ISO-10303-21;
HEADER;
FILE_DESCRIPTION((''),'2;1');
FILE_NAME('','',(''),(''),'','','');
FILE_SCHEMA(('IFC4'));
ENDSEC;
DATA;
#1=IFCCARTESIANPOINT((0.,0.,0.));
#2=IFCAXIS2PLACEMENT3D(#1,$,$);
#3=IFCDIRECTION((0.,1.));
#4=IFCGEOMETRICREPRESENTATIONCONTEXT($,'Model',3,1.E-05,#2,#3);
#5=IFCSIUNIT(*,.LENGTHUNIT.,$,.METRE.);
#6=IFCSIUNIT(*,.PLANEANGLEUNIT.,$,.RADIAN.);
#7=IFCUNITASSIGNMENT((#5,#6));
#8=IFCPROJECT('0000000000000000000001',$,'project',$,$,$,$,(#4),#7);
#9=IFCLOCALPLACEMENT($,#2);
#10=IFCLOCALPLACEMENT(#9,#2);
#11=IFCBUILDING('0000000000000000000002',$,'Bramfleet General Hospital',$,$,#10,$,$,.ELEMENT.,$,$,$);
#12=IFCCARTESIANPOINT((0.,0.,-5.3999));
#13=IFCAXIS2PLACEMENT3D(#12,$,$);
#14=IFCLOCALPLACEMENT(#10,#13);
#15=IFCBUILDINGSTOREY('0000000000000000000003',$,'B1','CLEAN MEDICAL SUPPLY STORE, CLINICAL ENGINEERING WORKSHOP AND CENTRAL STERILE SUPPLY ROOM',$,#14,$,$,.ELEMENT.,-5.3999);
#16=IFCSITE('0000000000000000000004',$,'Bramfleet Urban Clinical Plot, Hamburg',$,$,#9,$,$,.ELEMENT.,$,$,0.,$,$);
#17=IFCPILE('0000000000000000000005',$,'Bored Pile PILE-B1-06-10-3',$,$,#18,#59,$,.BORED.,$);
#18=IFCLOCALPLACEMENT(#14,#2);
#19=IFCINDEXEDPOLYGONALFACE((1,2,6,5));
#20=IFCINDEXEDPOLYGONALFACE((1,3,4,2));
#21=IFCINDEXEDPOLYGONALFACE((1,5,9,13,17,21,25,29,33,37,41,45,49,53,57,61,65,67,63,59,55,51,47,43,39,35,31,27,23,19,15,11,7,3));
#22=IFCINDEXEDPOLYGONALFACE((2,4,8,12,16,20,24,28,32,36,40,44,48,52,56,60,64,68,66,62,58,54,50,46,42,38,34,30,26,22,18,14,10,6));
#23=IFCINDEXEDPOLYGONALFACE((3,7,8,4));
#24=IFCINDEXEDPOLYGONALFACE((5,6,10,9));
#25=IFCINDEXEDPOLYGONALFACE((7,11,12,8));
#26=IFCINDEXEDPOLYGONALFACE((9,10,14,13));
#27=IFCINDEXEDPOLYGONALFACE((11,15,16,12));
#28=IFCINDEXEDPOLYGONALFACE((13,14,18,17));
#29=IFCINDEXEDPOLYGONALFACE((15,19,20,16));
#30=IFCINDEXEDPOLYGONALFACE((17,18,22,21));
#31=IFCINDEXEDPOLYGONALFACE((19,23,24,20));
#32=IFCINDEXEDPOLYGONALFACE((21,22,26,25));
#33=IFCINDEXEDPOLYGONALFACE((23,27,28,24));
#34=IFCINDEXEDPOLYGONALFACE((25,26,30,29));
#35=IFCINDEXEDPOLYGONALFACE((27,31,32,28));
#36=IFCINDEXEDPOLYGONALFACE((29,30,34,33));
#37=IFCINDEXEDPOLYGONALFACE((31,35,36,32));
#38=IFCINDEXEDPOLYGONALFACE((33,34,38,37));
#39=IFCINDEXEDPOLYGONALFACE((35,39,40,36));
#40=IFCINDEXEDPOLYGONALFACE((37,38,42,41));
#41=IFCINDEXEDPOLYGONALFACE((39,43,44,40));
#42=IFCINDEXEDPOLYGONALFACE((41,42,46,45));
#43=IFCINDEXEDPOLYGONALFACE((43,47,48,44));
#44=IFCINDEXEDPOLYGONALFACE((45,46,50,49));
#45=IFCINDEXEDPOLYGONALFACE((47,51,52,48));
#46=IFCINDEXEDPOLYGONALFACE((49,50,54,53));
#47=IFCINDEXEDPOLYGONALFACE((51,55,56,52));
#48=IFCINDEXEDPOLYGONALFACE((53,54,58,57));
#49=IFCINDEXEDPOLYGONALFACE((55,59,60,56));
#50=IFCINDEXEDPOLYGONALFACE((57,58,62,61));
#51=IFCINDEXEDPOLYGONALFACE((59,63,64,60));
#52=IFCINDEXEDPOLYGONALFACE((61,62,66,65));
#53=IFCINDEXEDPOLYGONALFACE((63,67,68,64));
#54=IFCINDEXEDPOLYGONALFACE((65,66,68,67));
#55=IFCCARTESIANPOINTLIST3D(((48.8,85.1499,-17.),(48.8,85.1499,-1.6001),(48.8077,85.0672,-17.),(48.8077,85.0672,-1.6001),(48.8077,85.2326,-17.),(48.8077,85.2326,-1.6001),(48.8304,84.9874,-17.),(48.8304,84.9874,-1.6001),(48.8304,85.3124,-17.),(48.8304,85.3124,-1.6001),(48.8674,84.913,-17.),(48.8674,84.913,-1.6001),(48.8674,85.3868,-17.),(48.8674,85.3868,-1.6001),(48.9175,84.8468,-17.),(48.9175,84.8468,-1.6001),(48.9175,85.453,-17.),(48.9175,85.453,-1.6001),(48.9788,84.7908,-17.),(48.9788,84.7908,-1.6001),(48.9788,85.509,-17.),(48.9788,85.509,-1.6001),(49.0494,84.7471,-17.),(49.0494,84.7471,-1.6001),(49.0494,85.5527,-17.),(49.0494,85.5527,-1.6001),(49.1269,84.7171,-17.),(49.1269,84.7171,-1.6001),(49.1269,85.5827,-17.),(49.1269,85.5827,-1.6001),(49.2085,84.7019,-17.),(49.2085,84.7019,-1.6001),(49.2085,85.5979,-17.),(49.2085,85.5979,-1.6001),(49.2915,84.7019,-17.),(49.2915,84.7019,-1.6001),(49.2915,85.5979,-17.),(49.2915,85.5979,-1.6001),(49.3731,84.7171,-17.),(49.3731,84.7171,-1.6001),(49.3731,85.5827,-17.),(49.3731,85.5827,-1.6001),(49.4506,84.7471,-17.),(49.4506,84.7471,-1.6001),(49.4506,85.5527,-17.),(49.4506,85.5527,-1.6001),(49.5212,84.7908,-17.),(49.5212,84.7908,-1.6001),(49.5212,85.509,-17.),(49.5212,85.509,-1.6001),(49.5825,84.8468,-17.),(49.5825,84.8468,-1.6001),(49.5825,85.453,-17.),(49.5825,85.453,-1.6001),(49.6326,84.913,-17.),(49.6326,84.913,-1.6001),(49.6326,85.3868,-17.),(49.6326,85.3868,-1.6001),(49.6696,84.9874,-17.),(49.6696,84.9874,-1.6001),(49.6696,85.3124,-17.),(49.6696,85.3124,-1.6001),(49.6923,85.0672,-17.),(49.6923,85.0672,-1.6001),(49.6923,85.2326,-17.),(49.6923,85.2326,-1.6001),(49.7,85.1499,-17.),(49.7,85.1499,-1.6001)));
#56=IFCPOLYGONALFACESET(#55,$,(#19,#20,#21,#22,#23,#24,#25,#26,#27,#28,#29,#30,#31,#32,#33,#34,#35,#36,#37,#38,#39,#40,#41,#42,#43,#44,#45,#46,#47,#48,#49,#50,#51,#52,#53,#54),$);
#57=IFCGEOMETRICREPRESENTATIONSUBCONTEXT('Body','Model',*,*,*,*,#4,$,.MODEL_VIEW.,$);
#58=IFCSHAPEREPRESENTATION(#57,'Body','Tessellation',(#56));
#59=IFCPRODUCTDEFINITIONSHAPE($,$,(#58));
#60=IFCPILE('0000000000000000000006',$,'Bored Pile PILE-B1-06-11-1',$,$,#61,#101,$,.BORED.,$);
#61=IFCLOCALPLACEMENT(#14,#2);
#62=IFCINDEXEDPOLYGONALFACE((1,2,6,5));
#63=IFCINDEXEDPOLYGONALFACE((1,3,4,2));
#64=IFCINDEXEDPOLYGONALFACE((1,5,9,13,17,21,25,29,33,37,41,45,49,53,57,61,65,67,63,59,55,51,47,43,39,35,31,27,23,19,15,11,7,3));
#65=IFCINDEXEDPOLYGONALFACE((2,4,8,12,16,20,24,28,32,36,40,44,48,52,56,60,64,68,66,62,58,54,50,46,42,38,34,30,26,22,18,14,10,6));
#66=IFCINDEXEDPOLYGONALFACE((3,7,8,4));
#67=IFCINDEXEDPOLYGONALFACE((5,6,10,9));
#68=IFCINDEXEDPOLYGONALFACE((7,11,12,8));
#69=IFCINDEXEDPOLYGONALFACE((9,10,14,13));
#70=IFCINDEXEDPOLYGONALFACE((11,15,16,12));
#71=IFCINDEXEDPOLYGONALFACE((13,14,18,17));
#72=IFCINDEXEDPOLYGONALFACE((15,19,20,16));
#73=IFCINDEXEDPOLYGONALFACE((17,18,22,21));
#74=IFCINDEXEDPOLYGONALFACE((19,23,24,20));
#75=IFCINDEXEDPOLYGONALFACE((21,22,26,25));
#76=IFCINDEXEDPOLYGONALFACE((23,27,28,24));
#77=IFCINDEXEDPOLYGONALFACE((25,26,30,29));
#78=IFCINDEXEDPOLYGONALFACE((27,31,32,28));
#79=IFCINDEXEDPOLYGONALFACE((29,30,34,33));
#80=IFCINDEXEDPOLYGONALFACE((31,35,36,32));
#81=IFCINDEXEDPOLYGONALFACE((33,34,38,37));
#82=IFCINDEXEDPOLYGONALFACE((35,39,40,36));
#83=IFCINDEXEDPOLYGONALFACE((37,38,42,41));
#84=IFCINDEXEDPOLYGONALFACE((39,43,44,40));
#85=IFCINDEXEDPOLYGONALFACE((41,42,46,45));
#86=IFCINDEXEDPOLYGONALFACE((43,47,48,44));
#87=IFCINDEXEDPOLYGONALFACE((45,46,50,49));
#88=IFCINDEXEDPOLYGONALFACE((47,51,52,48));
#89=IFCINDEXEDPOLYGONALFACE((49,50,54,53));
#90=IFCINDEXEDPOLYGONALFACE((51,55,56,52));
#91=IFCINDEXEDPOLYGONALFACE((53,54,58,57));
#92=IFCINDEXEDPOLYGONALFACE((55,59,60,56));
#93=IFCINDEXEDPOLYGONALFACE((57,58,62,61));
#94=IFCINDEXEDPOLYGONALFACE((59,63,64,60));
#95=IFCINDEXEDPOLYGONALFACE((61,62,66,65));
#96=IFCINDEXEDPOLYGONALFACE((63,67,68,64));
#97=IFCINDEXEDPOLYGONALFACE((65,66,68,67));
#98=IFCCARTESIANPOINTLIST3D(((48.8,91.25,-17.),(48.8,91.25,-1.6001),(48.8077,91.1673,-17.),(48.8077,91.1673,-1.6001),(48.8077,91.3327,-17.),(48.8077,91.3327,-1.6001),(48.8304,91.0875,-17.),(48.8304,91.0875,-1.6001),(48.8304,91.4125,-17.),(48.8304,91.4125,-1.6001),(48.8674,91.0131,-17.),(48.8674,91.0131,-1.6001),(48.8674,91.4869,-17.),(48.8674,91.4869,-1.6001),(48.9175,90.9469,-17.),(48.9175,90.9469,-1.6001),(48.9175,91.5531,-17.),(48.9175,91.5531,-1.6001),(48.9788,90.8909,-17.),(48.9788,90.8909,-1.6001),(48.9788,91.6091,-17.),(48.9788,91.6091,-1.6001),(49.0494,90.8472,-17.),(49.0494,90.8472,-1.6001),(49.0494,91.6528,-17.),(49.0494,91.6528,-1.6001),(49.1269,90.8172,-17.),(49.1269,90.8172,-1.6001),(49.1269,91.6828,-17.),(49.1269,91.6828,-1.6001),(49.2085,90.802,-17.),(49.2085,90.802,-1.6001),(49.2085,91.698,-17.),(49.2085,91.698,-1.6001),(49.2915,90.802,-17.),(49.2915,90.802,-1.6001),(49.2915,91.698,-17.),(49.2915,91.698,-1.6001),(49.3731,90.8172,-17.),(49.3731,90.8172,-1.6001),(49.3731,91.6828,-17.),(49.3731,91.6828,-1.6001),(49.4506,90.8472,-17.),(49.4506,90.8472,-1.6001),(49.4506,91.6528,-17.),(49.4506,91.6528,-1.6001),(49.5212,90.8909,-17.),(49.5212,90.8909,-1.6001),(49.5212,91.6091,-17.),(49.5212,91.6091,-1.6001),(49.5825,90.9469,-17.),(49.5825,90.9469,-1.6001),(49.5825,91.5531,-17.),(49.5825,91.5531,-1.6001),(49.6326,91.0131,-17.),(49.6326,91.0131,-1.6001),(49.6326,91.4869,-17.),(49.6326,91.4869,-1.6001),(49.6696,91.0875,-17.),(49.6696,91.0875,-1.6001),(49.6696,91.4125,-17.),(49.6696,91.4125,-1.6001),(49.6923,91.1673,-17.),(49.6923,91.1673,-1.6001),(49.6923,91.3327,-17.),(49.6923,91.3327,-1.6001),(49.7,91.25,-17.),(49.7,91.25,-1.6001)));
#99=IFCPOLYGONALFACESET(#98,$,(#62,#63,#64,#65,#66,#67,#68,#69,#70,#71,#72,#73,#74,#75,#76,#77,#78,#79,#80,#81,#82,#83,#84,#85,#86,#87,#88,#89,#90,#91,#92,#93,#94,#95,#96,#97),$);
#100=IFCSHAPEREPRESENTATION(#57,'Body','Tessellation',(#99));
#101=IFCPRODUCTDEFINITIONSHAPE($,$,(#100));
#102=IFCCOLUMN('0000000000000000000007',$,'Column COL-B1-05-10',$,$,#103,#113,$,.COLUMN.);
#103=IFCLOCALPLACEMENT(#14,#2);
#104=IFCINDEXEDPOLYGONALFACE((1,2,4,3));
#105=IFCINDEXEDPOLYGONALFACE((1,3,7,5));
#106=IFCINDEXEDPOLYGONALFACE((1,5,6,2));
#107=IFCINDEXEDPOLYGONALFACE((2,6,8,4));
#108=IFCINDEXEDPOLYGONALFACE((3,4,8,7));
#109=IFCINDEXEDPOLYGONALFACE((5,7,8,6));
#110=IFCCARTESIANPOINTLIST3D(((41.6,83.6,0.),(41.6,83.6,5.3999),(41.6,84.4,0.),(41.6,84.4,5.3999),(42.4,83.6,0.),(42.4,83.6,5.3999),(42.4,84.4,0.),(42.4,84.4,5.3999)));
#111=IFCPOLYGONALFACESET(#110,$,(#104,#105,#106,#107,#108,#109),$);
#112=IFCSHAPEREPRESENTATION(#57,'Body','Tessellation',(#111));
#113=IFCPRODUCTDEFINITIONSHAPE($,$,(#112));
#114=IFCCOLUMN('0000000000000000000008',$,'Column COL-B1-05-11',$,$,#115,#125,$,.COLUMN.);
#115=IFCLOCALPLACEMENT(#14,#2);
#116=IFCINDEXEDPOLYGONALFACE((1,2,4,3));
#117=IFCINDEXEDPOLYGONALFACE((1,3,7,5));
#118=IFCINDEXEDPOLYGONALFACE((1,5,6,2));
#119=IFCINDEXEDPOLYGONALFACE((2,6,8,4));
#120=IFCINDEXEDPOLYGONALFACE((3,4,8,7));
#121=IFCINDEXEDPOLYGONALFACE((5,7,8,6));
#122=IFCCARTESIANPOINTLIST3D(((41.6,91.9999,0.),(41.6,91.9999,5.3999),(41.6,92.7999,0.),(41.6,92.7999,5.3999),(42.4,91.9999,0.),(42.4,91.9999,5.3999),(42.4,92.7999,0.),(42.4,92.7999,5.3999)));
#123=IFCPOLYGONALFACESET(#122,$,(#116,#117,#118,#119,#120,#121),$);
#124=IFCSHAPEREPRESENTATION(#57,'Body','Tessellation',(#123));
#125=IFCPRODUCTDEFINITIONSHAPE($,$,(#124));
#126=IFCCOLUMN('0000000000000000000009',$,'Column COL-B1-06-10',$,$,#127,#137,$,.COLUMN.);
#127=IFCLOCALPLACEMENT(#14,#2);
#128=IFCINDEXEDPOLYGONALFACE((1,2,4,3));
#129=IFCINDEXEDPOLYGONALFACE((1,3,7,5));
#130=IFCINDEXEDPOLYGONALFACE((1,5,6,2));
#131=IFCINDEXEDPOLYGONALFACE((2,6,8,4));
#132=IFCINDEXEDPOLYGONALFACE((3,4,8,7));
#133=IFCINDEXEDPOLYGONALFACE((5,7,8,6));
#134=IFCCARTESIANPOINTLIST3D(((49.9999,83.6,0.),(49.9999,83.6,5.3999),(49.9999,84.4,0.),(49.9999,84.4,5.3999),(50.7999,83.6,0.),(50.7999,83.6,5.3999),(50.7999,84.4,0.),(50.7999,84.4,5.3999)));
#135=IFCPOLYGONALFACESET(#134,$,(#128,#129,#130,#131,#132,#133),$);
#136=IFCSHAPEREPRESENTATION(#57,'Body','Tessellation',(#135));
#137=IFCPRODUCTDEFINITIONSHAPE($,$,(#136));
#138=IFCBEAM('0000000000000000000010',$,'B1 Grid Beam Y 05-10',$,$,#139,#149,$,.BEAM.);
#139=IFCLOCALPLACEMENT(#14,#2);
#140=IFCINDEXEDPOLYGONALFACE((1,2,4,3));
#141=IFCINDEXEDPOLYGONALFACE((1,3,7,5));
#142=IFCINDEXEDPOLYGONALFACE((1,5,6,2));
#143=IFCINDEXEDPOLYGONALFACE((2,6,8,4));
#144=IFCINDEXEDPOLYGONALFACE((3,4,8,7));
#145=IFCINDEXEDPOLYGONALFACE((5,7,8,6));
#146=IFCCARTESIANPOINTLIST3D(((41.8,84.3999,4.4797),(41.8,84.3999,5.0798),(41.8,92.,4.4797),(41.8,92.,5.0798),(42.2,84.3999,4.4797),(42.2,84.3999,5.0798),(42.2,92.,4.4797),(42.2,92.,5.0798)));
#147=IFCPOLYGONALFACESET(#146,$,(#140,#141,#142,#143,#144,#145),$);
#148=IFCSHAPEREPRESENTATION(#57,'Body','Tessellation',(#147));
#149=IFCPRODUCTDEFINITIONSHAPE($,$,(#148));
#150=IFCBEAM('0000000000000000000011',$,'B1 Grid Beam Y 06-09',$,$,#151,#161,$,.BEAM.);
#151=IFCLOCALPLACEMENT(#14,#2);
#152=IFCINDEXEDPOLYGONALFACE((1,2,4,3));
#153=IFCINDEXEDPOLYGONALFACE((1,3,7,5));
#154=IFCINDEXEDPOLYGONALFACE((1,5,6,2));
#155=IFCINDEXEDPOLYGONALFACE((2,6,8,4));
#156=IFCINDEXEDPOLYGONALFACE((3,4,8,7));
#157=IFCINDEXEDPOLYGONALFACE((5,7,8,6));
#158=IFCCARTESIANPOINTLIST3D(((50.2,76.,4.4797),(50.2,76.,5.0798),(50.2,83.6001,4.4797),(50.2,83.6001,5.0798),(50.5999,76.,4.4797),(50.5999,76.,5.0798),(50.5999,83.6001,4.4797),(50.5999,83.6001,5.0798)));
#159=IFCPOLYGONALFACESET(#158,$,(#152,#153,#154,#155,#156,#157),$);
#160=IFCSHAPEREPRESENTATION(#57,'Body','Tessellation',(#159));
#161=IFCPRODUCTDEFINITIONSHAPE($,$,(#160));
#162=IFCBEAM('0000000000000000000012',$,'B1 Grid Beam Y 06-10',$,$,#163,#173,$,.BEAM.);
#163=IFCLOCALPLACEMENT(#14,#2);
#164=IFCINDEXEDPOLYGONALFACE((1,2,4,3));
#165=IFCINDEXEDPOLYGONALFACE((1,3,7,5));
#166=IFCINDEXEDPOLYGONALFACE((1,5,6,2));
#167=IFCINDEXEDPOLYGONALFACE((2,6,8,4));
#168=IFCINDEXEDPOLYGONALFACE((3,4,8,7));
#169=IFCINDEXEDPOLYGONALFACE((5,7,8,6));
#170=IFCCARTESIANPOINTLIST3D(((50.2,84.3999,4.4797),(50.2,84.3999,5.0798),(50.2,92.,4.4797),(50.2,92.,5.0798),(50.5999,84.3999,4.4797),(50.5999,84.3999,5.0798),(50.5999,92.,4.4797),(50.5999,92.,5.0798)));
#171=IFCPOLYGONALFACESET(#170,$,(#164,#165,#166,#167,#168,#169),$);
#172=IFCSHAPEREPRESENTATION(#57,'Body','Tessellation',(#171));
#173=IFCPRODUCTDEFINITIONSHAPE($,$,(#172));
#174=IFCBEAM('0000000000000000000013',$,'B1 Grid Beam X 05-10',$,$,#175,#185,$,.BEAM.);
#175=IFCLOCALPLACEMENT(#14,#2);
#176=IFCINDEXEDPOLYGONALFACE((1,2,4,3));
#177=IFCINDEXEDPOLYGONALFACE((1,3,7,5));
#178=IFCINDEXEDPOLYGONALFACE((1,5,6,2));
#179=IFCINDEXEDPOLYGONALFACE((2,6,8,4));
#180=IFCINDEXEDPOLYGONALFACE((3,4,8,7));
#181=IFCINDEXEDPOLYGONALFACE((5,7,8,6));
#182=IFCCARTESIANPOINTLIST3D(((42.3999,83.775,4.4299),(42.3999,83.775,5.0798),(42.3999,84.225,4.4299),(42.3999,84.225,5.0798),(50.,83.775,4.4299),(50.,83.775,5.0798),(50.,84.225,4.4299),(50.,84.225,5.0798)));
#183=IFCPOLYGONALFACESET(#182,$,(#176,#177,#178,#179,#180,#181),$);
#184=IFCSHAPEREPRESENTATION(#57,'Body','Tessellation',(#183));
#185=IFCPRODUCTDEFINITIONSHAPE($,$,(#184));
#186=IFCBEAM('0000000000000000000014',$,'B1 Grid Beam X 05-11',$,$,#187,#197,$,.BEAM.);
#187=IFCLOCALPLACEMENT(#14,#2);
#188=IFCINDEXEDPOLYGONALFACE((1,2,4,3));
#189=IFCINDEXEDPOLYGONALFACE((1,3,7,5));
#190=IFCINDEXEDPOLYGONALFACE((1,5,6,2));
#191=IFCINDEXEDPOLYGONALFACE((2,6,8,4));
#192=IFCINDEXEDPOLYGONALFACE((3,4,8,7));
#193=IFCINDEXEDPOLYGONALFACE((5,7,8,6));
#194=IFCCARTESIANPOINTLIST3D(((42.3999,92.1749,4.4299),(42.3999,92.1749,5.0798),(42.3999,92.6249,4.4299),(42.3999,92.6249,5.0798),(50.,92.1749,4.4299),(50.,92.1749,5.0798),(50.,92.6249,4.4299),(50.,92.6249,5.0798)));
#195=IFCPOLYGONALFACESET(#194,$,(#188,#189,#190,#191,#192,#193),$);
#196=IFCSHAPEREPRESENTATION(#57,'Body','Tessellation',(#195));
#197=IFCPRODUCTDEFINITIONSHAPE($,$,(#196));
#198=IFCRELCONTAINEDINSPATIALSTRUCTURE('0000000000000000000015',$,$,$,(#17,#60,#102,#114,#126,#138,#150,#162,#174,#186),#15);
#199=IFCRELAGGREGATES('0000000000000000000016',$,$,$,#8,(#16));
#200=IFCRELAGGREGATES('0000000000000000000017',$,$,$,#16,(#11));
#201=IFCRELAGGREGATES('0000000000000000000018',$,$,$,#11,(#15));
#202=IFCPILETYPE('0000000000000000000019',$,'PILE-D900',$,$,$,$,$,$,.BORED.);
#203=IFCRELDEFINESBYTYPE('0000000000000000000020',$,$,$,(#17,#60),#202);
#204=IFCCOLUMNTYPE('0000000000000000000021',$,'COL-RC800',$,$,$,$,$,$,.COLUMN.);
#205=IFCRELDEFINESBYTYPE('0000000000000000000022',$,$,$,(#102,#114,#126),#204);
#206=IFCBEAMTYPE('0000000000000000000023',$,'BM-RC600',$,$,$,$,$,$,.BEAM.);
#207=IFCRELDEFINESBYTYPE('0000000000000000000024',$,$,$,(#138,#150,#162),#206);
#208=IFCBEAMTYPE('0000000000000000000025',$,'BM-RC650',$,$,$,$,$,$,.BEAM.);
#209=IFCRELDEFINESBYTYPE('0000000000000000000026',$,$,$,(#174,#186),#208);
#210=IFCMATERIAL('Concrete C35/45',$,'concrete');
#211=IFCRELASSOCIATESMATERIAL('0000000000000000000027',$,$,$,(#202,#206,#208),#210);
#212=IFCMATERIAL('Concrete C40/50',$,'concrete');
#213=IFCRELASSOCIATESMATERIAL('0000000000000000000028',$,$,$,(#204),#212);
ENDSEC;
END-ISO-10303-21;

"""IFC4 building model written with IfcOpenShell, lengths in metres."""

from ifc_helpers import new_model, si_unit, direction, frame, origin, origin_2d, place, context, subcontext, project, spatial, rectangle, circle, extrude, material, material_profile, profile_set, type_object, element, save


model = new_model("IFC4")

# Units and contexts
model_context = context("Model", 3, precision=1e-05, world=origin(), true_north=direction((0.0, 1.0)))
body_context = subcontext(model_context, "Body", "Model", "MODEL_VIEW")
ifc_project = project(units=[si_unit("LENGTHUNIT", "METRE"), si_unit("PLANEANGLEUNIT", "RADIAN")], contexts=[model_context])

# Site, building, storey
site_placement = place(None, origin())
site = spatial("IfcSite", under=ifc_project, at=site_placement, Name="Bramfleet Urban Clinical Plot, Hamburg", CompositionType="ELEMENT", RefElevation=0.0)
building_placement = place(site_placement, origin())
building = spatial("IfcBuilding", under=site, at=building_placement, Name="Bramfleet General Hospital", CompositionType="ELEMENT")
storey_placement = place(building_placement, frame((0.0, 0.0, -5.3999)))
storey = spatial("IfcBuildingStorey", under=building, at=storey_placement, Name="B1", Description="CLEAN MEDICAL SUPPLY STORE, CLINICAL ENGINEERING WORKSHOP AND CENTRAL STERILE SUPPLY ROOM", CompositionType="ELEMENT", Elevation=-5.3999)

# Shared definitions
ifc_material_1 = material(Name="Concrete C35/45", Category="concrete")

# Piles
ifc_material_profile_1 = material_profile(ifc_material_1, circle(Radius=0.45, at=origin_2d()), Name="PILE BORED D900")
ifc_profile_set_1 = profile_set([ifc_material_profile_1], Name="Concrete C35/45")
pile_type = type_object("IfcPileType", Name="PILE-D900", PredefinedType="BORED", material=ifc_profile_set_1)
for number, where, z_axis, x_axis, name in (
    (1, (49.25, 85.1499, -1.6001), (0.0, 0.0, -1.0), (1.0, 0.0, 0.0), "Bored Pile PILE-B1-06-10-3"),
    (2, (49.25, 91.25, -1.6001), (0.0, 0.0, -1.0), (1.0, 0.0, 0.0), "Bored Pile PILE-B1-06-11-1"),
):
    element("IfcPile", number, at=place(storey_placement, frame(where, z_axis=z_axis, x_axis=x_axis)), inside=storey, type_object=pile_type, Name=name, PredefinedType="BORED", context=body_context, shape_type="SweptSolid", body=[
        extrude(circle(Radius=0.45, at=origin_2d()), origin(), (0.0, 0.0, 1.0), 15.3999),
    ])

# Columns
ifc_material_2 = material(Name="Concrete C40/50", Category="concrete")
ifc_material_profile_2 = material_profile(ifc_material_2, rectangle(XDim=0.8, YDim=0.8, at=origin_2d()), Name="RC COL 800x800")
ifc_profile_set_2 = profile_set([ifc_material_profile_2], Name="Concrete C40/50")
column_type = type_object("IfcColumnType", Name="COL-RC800", PredefinedType="COLUMN", material=ifc_profile_set_2)
for number, where, z_axis, x_axis, name in (
    (3, (42.0, 84.0, 0.0), (0.0, 0.0, 1.0), (1.0, 0.0, 0.0), "Column COL-B1-05-10"),
    (4, (42.0, 92.3999, 0.0), (0.0, 0.0, 1.0), (1.0, 0.0, 0.0), "Column COL-B1-05-11"),
    (5, (50.3999, 84.0, 0.0), (0.0, 0.0, 1.0), (1.0, 0.0, 0.0), "Column COL-B1-06-10"),
):
    element("IfcColumn", number, at=place(storey_placement, frame(where, z_axis=z_axis, x_axis=x_axis)), inside=storey, type_object=column_type, Name=name, PredefinedType="COLUMN", context=body_context, shape_type="SweptSolid", body=[
        extrude(rectangle(XDim=0.8, YDim=0.8, at=origin_2d()), origin(), (0.0, 0.0, 1.0), 5.3999),
    ])

# Beams
ifc_material_profile_3 = material_profile(ifc_material_1, rectangle(XDim=0.3999, YDim=0.6001, at=origin_2d()), Name="RC BM 600x400")
ifc_profile_set_3 = profile_set([ifc_material_profile_3], Name="Concrete C35/45")
beam_type_1 = type_object("IfcBeamType", Name="BM-RC600", PredefinedType="BEAM", material=ifc_profile_set_3)
for number, where, z_axis, x_axis, name in (
    (6, (42.0, 84.3999, 4.7798), (0.0, 1.0, 0.0), (-1.0, 0.0, 0.0), "B1 Grid Beam Y 05-10"),
    (7, (50.3999, 76.0, 4.7798), (0.0, 1.0, 0.0), (-1.0, 0.0, 0.0), "B1 Grid Beam Y 06-09"),
    (8, (50.3999, 84.3999, 4.7798), (0.0, 1.0, 0.0), (-1.0, 0.0, 0.0), "B1 Grid Beam Y 06-10"),
):
    element("IfcBeam", number, at=place(storey_placement, frame(where, z_axis=z_axis, x_axis=x_axis)), inside=storey, type_object=beam_type_1, Name=name, PredefinedType="BEAM", context=body_context, shape_type="SweptSolid", body=[
        extrude(rectangle(XDim=0.3999, YDim=0.6001, at=origin_2d()), origin(), (0.0, 0.0, 1.0), 7.6001),
    ])
ifc_material_profile_4 = material_profile(ifc_material_1, rectangle(XDim=0.45, YDim=0.6499, at=origin_2d()), Name="RC BM 650x450")
ifc_profile_set_4 = profile_set([ifc_material_profile_4], Name="Concrete C35/45")
beam_type_2 = type_object("IfcBeamType", Name="BM-RC650", PredefinedType="BEAM", material=ifc_profile_set_4)
for number, where, z_axis, x_axis, name in (
    (9, (42.3999, 84.0, 4.7549), (1.0, 0.0, 0.0), (0.0, 1.0, 0.0), "B1 Grid Beam X 05-10"),
    (10, (42.3999, 92.3999, 4.7549), (1.0, 0.0, 0.0), (0.0, 1.0, 0.0), "B1 Grid Beam X 05-11"),
):
    element("IfcBeam", number, at=place(storey_placement, frame(where, z_axis=z_axis, x_axis=x_axis)), inside=storey, type_object=beam_type_2, Name=name, PredefinedType="BEAM", context=body_context, shape_type="SweptSolid", body=[
        extrude(rectangle(XDim=0.45, YDim=0.6499, at=origin_2d()), origin(), (0.0, 0.0, 1.0), 7.6001),
    ])

save(model, "model.ifc")
